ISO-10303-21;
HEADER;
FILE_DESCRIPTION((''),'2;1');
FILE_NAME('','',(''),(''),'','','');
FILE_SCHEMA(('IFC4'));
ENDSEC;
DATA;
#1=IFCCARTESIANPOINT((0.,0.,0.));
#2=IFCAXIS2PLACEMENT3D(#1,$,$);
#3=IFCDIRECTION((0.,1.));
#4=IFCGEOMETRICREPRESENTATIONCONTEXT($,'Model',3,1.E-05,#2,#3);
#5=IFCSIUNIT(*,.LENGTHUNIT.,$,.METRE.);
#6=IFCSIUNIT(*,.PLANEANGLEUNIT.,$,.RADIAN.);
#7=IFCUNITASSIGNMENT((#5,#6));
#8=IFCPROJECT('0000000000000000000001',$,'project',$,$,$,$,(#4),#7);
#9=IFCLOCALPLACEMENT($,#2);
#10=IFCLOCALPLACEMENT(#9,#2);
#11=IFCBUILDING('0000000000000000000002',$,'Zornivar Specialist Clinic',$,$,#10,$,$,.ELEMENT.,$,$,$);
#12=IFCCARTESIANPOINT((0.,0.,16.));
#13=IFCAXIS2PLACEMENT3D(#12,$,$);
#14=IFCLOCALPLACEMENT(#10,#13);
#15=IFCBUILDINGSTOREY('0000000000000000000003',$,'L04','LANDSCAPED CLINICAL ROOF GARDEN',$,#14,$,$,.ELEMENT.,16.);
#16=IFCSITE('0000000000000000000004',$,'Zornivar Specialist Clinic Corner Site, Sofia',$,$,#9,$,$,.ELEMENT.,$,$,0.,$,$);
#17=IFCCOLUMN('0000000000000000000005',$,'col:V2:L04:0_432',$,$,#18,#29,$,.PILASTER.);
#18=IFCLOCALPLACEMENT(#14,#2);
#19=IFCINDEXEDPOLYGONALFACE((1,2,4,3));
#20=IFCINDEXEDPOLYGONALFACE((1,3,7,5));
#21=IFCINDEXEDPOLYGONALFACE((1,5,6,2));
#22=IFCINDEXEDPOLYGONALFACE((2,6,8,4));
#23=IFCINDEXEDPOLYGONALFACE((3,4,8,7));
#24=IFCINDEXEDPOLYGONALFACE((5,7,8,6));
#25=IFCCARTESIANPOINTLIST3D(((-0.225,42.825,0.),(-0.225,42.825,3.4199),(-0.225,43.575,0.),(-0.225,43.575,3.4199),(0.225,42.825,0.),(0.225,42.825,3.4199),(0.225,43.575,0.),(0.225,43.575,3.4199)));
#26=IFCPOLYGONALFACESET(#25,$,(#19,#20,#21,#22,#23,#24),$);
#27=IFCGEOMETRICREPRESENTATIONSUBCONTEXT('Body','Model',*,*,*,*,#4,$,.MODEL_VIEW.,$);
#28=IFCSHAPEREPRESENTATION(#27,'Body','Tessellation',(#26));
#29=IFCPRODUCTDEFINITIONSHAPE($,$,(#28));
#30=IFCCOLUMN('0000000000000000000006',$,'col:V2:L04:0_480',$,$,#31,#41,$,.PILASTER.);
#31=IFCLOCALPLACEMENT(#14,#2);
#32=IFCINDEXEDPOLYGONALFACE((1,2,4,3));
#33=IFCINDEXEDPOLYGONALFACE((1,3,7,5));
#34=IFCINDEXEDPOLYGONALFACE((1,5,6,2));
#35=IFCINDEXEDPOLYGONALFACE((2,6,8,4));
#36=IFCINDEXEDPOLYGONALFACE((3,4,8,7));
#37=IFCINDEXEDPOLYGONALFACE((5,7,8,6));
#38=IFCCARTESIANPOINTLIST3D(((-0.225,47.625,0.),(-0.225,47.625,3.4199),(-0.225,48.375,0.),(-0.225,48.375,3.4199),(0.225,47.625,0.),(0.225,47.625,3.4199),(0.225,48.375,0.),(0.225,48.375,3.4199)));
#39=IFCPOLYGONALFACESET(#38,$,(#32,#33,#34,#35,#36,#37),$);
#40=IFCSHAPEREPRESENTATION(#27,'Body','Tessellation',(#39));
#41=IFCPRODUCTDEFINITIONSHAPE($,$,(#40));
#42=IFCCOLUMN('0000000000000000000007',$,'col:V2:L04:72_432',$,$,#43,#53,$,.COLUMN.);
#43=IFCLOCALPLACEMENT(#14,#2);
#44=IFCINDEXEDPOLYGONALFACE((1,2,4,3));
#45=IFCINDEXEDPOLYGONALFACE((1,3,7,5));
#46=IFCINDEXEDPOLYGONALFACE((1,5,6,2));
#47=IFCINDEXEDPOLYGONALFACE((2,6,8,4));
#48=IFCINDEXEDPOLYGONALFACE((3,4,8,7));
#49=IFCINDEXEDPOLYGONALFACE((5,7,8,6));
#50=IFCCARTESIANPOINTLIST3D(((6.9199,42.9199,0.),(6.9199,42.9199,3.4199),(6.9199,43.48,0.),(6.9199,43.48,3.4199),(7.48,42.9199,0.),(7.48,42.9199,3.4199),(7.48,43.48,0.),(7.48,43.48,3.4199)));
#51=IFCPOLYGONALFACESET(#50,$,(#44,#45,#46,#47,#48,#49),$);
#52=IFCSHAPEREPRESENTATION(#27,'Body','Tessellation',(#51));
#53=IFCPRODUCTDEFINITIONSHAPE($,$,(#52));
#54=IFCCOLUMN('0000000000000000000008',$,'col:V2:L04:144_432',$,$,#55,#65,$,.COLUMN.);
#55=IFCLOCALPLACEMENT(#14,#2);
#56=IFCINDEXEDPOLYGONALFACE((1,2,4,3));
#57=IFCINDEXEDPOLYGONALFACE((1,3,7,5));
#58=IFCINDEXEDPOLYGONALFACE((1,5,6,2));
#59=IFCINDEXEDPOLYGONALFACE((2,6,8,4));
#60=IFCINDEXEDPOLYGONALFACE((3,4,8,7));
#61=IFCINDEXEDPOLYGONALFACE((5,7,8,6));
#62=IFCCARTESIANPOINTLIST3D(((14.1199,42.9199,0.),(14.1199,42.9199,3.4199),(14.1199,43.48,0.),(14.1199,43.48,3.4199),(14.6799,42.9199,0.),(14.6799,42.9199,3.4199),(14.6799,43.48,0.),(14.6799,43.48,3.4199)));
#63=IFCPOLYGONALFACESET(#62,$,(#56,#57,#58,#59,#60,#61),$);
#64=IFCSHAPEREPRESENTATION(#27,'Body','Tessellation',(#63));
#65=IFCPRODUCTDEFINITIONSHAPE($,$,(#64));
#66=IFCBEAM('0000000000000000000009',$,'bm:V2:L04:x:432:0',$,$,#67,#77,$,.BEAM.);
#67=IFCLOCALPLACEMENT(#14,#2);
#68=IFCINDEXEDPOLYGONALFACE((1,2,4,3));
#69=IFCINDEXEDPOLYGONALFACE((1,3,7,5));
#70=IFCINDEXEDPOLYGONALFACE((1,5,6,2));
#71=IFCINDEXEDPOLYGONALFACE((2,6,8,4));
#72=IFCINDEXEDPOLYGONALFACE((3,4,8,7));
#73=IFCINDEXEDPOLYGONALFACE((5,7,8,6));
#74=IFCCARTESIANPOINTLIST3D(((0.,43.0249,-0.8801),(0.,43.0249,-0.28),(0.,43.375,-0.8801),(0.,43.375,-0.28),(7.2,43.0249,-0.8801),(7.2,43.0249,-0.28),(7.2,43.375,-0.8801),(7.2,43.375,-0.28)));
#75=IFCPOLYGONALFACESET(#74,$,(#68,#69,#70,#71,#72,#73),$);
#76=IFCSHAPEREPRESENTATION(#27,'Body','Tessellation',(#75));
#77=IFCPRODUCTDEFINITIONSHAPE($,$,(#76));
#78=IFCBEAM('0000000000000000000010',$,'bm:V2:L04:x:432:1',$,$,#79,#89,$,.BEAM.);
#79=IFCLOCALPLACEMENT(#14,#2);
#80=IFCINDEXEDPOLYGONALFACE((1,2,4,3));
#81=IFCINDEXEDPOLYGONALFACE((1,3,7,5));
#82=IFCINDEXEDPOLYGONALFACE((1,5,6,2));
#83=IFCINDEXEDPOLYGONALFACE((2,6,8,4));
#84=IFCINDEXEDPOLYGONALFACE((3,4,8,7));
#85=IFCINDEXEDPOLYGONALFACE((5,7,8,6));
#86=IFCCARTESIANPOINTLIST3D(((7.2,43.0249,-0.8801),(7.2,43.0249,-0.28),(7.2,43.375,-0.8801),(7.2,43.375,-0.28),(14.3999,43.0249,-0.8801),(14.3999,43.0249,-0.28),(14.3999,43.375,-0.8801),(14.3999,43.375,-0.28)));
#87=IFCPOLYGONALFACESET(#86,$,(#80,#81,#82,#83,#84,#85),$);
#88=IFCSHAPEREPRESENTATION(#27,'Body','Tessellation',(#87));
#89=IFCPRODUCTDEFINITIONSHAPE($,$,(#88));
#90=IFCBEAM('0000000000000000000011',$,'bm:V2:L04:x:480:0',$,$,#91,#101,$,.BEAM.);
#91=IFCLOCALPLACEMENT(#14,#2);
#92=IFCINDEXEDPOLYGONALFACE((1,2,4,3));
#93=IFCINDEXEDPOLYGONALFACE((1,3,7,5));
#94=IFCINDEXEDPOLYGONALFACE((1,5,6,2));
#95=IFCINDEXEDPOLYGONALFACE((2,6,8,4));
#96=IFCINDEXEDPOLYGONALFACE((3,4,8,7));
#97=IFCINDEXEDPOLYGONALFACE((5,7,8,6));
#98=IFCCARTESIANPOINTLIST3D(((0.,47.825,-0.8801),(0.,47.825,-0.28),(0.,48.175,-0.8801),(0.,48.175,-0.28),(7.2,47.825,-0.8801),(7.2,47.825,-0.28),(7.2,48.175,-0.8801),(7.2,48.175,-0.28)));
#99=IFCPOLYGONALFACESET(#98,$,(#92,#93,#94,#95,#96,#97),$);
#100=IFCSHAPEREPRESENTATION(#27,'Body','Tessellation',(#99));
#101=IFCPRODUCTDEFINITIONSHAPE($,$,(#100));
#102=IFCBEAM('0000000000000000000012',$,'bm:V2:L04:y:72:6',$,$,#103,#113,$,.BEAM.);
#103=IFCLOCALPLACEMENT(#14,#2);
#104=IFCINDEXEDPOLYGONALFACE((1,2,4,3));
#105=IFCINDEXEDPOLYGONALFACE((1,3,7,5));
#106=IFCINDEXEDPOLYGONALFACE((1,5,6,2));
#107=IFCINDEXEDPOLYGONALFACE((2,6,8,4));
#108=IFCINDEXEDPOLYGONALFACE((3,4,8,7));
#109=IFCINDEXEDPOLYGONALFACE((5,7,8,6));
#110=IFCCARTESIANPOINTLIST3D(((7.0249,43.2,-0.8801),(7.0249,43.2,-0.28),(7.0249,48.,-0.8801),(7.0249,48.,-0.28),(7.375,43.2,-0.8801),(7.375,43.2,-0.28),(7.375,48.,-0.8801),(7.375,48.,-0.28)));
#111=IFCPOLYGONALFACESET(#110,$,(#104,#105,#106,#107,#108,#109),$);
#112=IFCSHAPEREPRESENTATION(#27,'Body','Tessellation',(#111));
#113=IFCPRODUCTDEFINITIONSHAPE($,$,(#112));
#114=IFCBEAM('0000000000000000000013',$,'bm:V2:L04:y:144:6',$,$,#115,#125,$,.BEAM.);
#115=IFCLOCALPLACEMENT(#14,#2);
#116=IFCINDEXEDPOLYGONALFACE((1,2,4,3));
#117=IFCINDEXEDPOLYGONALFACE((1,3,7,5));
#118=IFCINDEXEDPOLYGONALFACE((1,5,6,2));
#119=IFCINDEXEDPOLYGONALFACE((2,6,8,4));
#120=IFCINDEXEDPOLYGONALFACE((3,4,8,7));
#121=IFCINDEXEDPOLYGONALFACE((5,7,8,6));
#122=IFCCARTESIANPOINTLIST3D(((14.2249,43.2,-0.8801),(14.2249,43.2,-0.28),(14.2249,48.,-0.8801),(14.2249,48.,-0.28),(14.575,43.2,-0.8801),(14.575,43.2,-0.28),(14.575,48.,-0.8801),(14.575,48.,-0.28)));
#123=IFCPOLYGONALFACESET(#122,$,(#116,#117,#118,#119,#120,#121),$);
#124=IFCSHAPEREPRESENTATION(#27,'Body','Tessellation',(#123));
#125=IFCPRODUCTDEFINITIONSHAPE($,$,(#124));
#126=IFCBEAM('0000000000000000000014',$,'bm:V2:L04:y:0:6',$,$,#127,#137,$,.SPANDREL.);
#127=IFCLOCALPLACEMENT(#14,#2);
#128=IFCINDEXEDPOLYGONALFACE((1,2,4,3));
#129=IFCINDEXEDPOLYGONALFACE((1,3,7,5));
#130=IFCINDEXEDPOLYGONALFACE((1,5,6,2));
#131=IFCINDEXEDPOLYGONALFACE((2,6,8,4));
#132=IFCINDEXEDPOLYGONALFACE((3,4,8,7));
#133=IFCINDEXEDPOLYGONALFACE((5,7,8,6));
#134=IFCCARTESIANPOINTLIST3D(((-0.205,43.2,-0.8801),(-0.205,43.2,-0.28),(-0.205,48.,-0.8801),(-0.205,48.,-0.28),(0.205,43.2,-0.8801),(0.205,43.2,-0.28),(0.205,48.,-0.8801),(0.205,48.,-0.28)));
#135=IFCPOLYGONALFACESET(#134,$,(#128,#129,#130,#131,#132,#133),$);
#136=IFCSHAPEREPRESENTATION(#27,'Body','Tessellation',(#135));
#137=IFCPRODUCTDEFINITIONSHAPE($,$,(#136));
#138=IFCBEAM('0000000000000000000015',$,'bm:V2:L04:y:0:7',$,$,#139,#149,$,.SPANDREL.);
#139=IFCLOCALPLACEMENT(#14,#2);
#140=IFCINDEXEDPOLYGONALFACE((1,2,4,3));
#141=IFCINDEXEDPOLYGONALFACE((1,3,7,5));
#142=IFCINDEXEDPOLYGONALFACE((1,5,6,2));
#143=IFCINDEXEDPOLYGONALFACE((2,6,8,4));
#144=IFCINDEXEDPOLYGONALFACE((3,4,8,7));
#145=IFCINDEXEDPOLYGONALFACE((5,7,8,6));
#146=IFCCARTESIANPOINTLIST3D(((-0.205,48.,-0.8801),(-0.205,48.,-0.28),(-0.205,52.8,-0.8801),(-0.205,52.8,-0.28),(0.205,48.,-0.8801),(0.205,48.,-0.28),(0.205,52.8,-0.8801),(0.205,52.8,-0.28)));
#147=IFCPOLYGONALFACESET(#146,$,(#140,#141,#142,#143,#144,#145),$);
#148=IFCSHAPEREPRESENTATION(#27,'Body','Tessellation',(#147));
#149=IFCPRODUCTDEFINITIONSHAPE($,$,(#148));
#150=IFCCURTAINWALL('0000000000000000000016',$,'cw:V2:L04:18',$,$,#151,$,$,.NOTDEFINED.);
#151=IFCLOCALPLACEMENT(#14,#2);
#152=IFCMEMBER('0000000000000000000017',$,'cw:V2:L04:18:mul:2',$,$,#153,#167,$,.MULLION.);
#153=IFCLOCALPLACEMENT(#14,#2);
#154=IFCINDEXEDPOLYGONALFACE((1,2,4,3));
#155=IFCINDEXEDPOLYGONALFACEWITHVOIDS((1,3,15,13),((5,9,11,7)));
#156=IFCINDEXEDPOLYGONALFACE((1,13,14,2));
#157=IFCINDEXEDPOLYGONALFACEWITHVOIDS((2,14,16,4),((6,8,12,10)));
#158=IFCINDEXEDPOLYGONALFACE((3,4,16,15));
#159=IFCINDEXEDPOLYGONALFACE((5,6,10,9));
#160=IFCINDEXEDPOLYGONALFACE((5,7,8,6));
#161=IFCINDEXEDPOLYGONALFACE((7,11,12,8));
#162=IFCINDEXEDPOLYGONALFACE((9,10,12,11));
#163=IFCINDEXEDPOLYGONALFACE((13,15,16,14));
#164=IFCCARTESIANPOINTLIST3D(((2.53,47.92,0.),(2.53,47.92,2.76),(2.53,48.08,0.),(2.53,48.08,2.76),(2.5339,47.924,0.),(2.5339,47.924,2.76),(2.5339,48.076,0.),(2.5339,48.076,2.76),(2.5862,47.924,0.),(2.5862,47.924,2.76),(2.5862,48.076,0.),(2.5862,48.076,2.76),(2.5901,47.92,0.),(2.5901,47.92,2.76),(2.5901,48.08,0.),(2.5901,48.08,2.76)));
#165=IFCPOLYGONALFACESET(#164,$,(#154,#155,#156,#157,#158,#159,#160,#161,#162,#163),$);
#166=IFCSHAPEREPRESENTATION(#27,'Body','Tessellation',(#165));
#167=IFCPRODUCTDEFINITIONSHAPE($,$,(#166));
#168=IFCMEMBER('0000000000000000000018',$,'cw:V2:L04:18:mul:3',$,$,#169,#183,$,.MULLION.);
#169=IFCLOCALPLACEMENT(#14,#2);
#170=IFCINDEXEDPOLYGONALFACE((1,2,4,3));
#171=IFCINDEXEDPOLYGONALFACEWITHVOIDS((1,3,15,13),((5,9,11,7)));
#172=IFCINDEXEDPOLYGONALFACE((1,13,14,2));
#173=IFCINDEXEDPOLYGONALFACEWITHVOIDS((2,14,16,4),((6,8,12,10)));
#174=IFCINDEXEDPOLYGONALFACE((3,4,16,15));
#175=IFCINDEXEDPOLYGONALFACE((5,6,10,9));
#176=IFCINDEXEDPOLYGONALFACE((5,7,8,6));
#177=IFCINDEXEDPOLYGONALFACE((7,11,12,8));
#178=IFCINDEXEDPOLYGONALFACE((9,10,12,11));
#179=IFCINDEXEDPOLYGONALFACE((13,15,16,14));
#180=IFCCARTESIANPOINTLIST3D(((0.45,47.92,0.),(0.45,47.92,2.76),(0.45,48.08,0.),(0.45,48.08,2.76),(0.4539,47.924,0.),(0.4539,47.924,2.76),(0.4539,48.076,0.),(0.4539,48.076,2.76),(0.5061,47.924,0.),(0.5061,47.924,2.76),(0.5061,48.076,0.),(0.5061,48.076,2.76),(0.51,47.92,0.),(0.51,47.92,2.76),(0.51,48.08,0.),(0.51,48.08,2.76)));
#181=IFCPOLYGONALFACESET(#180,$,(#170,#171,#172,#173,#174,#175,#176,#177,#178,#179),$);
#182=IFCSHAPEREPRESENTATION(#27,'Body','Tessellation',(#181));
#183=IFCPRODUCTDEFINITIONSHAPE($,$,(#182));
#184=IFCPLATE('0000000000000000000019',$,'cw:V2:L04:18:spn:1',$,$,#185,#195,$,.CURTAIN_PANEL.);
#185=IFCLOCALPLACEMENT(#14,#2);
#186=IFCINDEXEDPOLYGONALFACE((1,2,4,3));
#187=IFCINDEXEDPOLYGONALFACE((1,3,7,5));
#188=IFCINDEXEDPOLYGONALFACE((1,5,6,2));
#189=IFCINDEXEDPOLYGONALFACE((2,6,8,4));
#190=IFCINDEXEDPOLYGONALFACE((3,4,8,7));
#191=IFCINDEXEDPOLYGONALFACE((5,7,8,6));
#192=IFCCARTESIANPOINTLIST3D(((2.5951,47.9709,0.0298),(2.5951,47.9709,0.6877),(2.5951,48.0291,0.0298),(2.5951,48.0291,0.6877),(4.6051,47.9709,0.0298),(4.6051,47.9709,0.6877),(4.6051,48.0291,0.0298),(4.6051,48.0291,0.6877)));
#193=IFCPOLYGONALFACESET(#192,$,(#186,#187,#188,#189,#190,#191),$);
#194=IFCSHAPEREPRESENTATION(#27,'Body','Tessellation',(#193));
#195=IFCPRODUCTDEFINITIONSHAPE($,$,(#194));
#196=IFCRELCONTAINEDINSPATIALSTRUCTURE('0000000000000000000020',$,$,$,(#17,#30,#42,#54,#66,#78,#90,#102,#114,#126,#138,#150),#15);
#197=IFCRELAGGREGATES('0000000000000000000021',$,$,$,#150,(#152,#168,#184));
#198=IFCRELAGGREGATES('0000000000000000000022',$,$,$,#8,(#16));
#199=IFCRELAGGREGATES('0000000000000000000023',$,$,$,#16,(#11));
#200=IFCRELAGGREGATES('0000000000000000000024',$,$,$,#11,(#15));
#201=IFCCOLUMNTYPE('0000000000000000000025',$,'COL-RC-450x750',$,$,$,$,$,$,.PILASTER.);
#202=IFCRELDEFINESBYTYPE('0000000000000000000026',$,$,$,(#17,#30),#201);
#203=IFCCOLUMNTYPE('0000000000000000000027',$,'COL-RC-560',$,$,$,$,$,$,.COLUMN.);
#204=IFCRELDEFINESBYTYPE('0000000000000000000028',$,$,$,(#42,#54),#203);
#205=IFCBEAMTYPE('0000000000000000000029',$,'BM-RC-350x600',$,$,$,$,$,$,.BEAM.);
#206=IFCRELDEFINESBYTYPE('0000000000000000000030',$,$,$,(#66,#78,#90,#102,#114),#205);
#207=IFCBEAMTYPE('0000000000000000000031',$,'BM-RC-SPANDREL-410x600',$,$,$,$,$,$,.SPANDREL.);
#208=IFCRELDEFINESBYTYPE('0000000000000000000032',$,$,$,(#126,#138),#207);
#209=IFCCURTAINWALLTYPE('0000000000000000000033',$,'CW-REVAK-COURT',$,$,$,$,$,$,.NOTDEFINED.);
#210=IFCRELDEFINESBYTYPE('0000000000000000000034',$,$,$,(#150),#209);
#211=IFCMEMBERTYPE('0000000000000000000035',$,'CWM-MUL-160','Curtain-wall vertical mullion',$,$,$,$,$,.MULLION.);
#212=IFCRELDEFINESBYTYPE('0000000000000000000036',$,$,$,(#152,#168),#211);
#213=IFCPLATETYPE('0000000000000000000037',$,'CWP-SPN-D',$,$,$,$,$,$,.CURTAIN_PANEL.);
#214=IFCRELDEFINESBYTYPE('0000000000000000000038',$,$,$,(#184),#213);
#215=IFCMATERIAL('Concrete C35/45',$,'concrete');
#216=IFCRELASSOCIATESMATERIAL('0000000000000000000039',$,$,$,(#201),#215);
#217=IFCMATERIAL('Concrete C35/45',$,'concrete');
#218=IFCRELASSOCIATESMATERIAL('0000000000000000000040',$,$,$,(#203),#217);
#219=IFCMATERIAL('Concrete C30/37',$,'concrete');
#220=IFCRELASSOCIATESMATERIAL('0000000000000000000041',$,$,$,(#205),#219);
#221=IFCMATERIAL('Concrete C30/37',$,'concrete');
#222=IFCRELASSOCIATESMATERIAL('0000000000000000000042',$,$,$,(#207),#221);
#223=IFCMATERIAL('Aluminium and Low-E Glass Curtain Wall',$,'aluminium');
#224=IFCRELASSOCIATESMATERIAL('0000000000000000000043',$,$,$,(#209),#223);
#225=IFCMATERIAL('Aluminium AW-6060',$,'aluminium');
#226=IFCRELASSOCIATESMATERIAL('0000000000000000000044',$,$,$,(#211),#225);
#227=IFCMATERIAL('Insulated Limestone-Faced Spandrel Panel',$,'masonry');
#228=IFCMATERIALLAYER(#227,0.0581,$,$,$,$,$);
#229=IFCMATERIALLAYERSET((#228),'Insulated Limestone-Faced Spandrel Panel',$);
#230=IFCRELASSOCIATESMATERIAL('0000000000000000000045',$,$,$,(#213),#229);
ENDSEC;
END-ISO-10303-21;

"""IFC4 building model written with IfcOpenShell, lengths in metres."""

from ifc_helpers import new_model, si_unit, direction, frame, origin, origin_2d, place, context, subcontext, project, spatial, rectangle, hollow_rectangle, extrude, material, layer, layer_set, material_profile, profile_set, type_object, element, aggregate, save


model = new_model("IFC4")

# Units and contexts
model_context = context("Model", 3, precision=1e-05, world=origin(), true_north=direction((0.0, 1.0)))
body_context = subcontext(model_context, "Body", "Model", "MODEL_VIEW")
ifc_project = project(units=[si_unit("LENGTHUNIT", "METRE"), si_unit("PLANEANGLEUNIT", "RADIAN")], contexts=[model_context])

# Site, building, storey
site_placement = place(None, origin())
site = spatial("IfcSite", under=ifc_project, at=site_placement, Name="Zornivar Specialist Clinic Corner Site, Sofia", CompositionType="ELEMENT", RefElevation=0.0)
building_placement = place(site_placement, origin())
building = spatial("IfcBuilding", under=site, at=building_placement, Name="Zornivar Specialist Clinic", CompositionType="ELEMENT")
storey_placement = place(building_placement, frame((0.0, 0.0, 16.0)))
storey = spatial("IfcBuildingStorey", under=building, at=storey_placement, Name="L04", Description="LANDSCAPED CLINICAL ROOF GARDEN", CompositionType="ELEMENT", Elevation=16.0)

# Columns
ifc_material_1 = material(Name="Concrete C35/45", Category="concrete")
ifc_material_profile_1 = material_profile(ifc_material_1, rectangle(XDim=0.45, YDim=0.75, at=origin_2d()), Name="RC 450x750")
ifc_profile_set_1 = profile_set([ifc_material_profile_1], Name="Concrete C35/45")
column_type_1 = type_object("IfcColumnType", Name="COL-RC-450x750", PredefinedType="PILASTER", material=ifc_profile_set_1)
for number, where, z_axis, x_axis, name in (
    (1, (0.0, 43.2, 0.0), (0.0, 0.0, 1.0), (1.0, 0.0, 0.0), "col:V2:L04:0_432"),
    (2, (0.0, 48.0, 0.0), (0.0, 0.0, 1.0), (1.0, 0.0, 0.0), "col:V2:L04:0_480"),
):
    element("IfcColumn", number, at=place(storey_placement, frame(where, z_axis=z_axis, x_axis=x_axis)), inside=storey, type_object=column_type_1, Name=name, PredefinedType="PILASTER", context=body_context, shape_type="SweptSolid", body=[
        extrude(rectangle(XDim=0.45, YDim=0.75, at=origin_2d()), origin(), (0.0, 0.0, 1.0), 3.4199),
    ])
ifc_material_2 = material(Name="Concrete C35/45", Category="concrete")
ifc_material_profile_2 = material_profile(ifc_material_2, rectangle(XDim=0.5601, YDim=0.5601, at=origin_2d()), Name="RC 560x560")
ifc_profile_set_2 = profile_set([ifc_material_profile_2], Name="Concrete C35/45")
column_type_2 = type_object("IfcColumnType", Name="COL-RC-560", PredefinedType="COLUMN", material=ifc_profile_set_2)
for number, where, z_axis, x_axis, name in (
    (3, (7.2, 43.2, 0.0), (0.0, 0.0, 1.0), (1.0, 0.0, 0.0), "col:V2:L04:72_432"),
    (4, (14.3999, 43.2, 0.0), (0.0, 0.0, 1.0), (1.0, 0.0, 0.0), "col:V2:L04:144_432"),
):
    element("IfcColumn", number, at=place(storey_placement, frame(where, z_axis=z_axis, x_axis=x_axis)), inside=storey, type_object=column_type_2, Name=name, PredefinedType="COLUMN", context=body_context, shape_type="SweptSolid", body=[
        extrude(rectangle(XDim=0.5601, YDim=0.5601, at=origin_2d()), origin(), (0.0, 0.0, 1.0), 3.4199),
    ])

# Beams
ifc_material_3 = material(Name="Concrete C30/37", Category="concrete")
ifc_material_profile_3 = material_profile(ifc_material_3, rectangle(XDim=0.3501, YDim=0.6001, at=origin_2d()), Name="RC 350x600")
ifc_profile_set_3 = profile_set([ifc_material_profile_3], Name="Concrete C30/37")
beam_type_1 = type_object("IfcBeamType", Name="BM-RC-350x600", PredefinedType="BEAM", material=ifc_profile_set_3)
for number, where, z_axis, x_axis, name in (
    (5, (0.0, 43.2, -0.5801), (1.0, 0.0, 0.0), (0.0, 1.0, 0.0), "bm:V2:L04:x:432:0"),
    (6, (7.2, 43.2, -0.5801), (1.0, 0.0, 0.0), (0.0, 1.0, 0.0), "bm:V2:L04:x:432:1"),
    (7, (0.0, 48.0, -0.5801), (1.0, 0.0, 0.0), (0.0, 1.0, 0.0), "bm:V2:L04:x:480:0"),
):
    element("IfcBeam", number, at=place(storey_placement, frame(where, z_axis=z_axis, x_axis=x_axis)), inside=storey, type_object=beam_type_1, Name=name, PredefinedType="BEAM", context=body_context, shape_type="SweptSolid", body=[
        extrude(rectangle(XDim=0.3501, YDim=0.6001, at=origin_2d()), origin(), (0.0, 0.0, 1.0), 7.2),
    ])
for number, where, z_axis, x_axis, name in (
    (8, (7.2, 43.2, -0.5801), (0.0, 1.0, 0.0), (-1.0, 0.0, 0.0), "bm:V2:L04:y:72:6"),
    (9, (14.3999, 43.2, -0.5801), (0.0, 1.0, 0.0), (-1.0, 0.0, 0.0), "bm:V2:L04:y:144:6"),
):
    element("IfcBeam", number, at=place(storey_placement, frame(where, z_axis=z_axis, x_axis=x_axis)), inside=storey, type_object=beam_type_1, Name=name, PredefinedType="BEAM", context=body_context, shape_type="SweptSolid", body=[
        extrude(rectangle(XDim=0.3501, YDim=0.6001, at=origin_2d()), origin(), (0.0, 0.0, 1.0), 4.8),
    ])
ifc_material_4 = material(Name="Concrete C30/37", Category="concrete")
ifc_material_profile_4 = material_profile(ifc_material_4, rectangle(XDim=0.4099, YDim=0.6001, at=origin_2d()), Name="RC 410x600")
ifc_profile_set_4 = profile_set([ifc_material_profile_4], Name="Concrete C30/37")
beam_type_2 = type_object("IfcBeamType", Name="BM-RC-SPANDREL-410x600", PredefinedType="SPANDREL", material=ifc_profile_set_4)
for number, where, z_axis, x_axis, name in (
    (10, (0.0, 43.2, -0.5801), (0.0, 1.0, 0.0), (-1.0, 0.0, 0.0), "bm:V2:L04:y:0:6"),
    (11, (0.0, 48.0, -0.5801), (0.0, 1.0, 0.0), (-1.0, 0.0, 0.0), "bm:V2:L04:y:0:7"),
):
    element("IfcBeam", number, at=place(storey_placement, frame(where, z_axis=z_axis, x_axis=x_axis)), inside=storey, type_object=beam_type_2, Name=name, PredefinedType="SPANDREL", context=body_context, shape_type="SweptSolid", body=[
        extrude(rectangle(XDim=0.4099, YDim=0.6001, at=origin_2d()), origin(), (0.0, 0.0, 1.0), 4.8),
    ])

# Curtain wall, members, plate
ifc_material_5 = material(Name="Aluminium and Low-E Glass Curtain Wall", Category="aluminium")
curtain_wall_type = type_object("IfcCurtainWallType", Name="CW-REVAK-COURT", PredefinedType="NOTDEFINED", material=ifc_material_5)
curtain_wall_placement = place(storey_placement, origin())
curtain_wall = element("IfcCurtainWall", 12, at=curtain_wall_placement, inside=storey, type_object=curtain_wall_type, Name="cw:V2:L04:18", PredefinedType="NOTDEFINED")
ifc_material_6 = material(Name="Aluminium AW-6060", Category="aluminium")
ifc_material_profile_5 = material_profile(ifc_material_6, hollow_rectangle(XDim=0.0601, YDim=0.1599, WallThickness=0.0039, at=origin_2d()), Name="ALU 60x160x4")
ifc_profile_set_5 = profile_set([ifc_material_profile_5], Name="Aluminium AW-6060")
member_type = type_object("IfcMemberType", Name="CWM-MUL-160", Description="Curtain-wall vertical mullion", PredefinedType="MULLION", material=ifc_profile_set_5)
member_1_placement = place(storey_placement, frame((2.5601, 48.0, 0.0), z_axis=(0.0, 0.0, 1.0), x_axis=(1.0, 0.0, 0.0)))
member_1 = element("IfcMember", 13, at=member_1_placement, type_object=member_type, Name="cw:V2:L04:18:mul:2", PredefinedType="MULLION", context=body_context, shape_type="SweptSolid", body=[
    extrude(hollow_rectangle(XDim=0.0601, YDim=0.1599, WallThickness=0.0039, at=origin_2d()), origin(), (0.0, 0.0, 1.0), 2.76),
])
member_2_placement = place(storey_placement, frame((0.48, 48.0, 0.0), z_axis=(0.0, 0.0, 1.0), x_axis=(1.0, 0.0, 0.0)))
member_2 = element("IfcMember", 14, at=member_2_placement, type_object=member_type, Name="cw:V2:L04:18:mul:3", PredefinedType="MULLION", context=body_context, shape_type="SweptSolid", body=[
    extrude(hollow_rectangle(XDim=0.0601, YDim=0.1599, WallThickness=0.0039, at=origin_2d()), origin(), (0.0, 0.0, 1.0), 2.76),
])
ifc_material_7 = material(Name="Insulated Limestone-Faced Spandrel Panel", Category="masonry")
ifc_layer_1 = layer(ifc_material_7, 0.0581)
ifc_layer_set_1 = layer_set([ifc_layer_1], Name="Insulated Limestone-Faced Spandrel Panel")
plate_type_1 = type_object("IfcPlateType", Name="CWP-SPN-D", PredefinedType="CURTAIN_PANEL", material=ifc_layer_set_1)
plate_1_placement = place(storey_placement, frame((3.6001, 48.0, 0.0298), z_axis=(0.0, 0.0, 1.0), x_axis=(-1.0, 0.0, 0.0)))
plate_1 = element("IfcPlate", 15, at=plate_1_placement, type_object=plate_type_1, Name="cw:V2:L04:18:spn:1", PredefinedType="CURTAIN_PANEL", context=body_context, shape_type="SweptSolid", body=[
    extrude(rectangle(XDim=2.01, YDim=0.0581, at=origin_2d()), origin(), (0.0, 0.0, 1.0), 0.658),
])
aggregate(curtain_wall, [member_1, member_2, plate_1])

save(model, "model.ifc")
